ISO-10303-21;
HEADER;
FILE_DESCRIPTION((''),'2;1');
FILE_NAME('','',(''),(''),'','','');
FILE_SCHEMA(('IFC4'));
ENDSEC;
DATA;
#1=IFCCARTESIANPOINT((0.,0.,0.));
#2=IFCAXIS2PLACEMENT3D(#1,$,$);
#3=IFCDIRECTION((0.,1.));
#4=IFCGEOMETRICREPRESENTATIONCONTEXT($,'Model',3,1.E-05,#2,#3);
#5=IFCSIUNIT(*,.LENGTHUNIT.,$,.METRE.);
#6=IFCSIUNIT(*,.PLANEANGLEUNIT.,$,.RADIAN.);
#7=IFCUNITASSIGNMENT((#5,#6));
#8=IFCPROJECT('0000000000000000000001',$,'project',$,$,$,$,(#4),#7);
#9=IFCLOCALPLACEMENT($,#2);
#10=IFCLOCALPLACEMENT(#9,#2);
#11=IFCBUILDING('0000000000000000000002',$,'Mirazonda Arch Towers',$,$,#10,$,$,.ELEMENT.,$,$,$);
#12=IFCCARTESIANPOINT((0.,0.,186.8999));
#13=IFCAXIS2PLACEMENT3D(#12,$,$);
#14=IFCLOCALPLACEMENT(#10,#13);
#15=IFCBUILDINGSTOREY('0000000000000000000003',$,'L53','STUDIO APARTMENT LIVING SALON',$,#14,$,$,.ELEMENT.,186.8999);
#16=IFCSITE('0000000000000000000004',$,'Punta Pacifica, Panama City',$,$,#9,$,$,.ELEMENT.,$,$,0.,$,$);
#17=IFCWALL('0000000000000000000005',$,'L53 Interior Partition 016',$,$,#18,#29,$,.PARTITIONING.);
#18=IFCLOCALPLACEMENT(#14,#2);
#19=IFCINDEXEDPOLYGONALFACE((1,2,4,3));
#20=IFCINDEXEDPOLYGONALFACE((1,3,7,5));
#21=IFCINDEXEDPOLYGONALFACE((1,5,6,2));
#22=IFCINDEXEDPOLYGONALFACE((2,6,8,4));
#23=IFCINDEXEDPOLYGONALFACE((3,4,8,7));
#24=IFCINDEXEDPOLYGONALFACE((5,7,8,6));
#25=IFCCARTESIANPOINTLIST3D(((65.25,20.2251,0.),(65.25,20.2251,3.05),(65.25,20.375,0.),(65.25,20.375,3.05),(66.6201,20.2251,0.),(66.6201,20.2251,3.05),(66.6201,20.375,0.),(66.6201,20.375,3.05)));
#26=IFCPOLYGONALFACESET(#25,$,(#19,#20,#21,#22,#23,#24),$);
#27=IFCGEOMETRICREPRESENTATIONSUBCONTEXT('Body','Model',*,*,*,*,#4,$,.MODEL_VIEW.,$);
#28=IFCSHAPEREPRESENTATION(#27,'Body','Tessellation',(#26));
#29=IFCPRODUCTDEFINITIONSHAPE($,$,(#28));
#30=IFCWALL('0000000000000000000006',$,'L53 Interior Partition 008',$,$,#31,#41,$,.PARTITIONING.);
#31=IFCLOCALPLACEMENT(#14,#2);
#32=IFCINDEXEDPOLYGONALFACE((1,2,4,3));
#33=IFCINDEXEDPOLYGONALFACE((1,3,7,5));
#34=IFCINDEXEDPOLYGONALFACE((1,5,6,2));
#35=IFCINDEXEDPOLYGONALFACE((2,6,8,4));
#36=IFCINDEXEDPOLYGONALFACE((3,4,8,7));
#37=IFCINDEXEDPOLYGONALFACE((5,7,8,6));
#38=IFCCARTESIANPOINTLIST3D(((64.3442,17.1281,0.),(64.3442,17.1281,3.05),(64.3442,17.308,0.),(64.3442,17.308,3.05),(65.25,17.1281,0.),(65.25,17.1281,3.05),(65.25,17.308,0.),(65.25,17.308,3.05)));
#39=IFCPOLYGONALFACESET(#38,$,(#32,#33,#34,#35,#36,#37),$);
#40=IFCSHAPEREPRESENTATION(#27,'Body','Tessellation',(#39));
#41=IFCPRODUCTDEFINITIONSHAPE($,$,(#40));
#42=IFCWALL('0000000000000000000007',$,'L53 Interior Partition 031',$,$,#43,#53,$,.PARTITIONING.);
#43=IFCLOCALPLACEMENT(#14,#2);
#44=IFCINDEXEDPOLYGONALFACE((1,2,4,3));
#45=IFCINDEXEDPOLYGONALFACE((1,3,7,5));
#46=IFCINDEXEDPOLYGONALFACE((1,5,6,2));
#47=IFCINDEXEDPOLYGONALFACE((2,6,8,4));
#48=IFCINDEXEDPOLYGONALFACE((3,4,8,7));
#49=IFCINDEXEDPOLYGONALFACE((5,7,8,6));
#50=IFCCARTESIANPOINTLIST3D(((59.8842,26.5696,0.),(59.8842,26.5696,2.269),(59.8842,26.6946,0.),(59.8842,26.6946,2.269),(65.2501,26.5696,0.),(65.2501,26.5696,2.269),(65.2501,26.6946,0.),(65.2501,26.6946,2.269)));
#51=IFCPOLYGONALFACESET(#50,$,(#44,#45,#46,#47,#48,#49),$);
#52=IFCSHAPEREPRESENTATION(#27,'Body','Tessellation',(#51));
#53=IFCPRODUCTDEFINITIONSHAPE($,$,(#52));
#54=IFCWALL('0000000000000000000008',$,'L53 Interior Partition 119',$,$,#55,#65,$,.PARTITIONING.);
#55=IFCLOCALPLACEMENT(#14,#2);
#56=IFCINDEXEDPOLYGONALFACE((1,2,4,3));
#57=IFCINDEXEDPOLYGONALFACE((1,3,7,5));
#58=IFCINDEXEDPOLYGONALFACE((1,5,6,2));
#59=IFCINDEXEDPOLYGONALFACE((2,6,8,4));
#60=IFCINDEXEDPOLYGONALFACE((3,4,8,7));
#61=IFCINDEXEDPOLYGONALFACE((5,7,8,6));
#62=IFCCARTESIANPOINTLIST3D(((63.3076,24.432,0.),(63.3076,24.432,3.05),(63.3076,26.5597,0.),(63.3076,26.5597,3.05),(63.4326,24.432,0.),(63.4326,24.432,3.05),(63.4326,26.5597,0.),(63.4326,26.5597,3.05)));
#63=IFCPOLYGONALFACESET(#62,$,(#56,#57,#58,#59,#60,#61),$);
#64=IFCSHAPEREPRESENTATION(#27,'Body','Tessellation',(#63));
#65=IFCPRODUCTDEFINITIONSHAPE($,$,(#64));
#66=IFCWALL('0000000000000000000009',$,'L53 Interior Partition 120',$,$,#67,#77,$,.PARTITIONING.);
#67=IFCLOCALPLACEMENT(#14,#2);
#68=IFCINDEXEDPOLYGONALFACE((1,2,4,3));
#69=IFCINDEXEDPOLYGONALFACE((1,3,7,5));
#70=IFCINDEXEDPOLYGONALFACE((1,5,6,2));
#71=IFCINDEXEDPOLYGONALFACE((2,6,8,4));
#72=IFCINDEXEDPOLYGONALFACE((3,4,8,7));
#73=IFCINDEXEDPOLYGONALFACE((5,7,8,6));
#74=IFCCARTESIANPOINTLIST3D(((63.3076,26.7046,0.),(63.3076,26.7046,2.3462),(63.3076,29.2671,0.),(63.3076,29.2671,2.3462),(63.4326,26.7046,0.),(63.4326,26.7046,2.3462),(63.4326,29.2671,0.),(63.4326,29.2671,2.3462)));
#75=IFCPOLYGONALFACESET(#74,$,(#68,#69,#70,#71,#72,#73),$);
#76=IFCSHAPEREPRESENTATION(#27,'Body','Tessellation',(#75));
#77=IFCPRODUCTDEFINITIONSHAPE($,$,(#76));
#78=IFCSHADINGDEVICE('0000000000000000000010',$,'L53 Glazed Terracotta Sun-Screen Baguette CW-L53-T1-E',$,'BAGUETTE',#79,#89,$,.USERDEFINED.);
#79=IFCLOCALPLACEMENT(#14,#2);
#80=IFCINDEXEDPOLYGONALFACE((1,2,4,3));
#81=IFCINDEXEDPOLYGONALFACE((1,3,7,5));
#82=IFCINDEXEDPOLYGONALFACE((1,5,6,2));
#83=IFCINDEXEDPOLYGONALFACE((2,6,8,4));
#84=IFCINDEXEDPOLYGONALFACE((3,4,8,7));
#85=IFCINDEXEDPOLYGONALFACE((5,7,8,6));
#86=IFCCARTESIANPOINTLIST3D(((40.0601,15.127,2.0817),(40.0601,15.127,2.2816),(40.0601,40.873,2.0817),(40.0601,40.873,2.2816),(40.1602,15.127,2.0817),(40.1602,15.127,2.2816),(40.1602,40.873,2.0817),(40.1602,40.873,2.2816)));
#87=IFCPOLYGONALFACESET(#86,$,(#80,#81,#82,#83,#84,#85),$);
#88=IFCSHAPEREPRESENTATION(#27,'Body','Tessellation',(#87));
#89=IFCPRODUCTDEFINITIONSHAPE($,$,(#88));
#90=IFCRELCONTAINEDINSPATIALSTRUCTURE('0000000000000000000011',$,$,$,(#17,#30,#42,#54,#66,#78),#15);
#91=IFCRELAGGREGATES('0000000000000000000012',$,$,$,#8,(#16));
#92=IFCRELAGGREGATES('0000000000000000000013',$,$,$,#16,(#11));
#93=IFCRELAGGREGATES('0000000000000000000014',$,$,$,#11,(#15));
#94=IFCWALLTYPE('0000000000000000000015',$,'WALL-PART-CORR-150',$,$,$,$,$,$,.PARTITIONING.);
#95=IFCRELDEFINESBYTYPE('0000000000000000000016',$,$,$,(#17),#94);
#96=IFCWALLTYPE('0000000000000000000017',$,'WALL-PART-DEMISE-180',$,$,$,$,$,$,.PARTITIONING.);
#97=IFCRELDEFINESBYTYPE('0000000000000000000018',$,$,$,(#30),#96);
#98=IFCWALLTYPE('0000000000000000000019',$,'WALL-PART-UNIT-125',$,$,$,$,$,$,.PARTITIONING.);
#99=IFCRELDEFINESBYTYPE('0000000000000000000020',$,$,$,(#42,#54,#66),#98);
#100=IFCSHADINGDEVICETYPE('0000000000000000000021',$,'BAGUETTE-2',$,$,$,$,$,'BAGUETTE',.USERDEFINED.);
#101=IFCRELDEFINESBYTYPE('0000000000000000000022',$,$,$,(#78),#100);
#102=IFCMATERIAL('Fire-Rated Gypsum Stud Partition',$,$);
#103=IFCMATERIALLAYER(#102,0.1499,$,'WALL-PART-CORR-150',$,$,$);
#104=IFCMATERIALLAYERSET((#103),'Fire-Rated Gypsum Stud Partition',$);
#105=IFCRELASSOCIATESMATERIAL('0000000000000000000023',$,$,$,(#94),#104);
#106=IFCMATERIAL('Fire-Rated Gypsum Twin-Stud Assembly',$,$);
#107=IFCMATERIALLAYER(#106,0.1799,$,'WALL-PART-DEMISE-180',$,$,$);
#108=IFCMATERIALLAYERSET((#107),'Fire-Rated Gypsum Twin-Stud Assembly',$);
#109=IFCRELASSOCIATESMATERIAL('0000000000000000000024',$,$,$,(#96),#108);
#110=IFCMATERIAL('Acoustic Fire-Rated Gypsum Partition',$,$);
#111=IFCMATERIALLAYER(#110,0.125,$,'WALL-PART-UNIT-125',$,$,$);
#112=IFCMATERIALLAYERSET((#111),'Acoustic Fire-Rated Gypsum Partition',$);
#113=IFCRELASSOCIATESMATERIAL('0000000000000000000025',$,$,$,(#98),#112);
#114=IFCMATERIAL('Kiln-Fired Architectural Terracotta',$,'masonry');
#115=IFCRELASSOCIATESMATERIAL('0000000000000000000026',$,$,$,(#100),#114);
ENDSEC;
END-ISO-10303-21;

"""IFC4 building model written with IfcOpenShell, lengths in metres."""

from ifc_helpers import new_model, si_unit, direction, frame, frame_2d, origin, origin_2d, place, context, subcontext, project, spatial, rectangle, extrude, material, layer, layer_set, material_profile, profile_set, type_object, element, save


model = new_model("IFC4")

# Units and contexts
model_context = context("Model", 3, precision=1e-05, world=origin(), true_north=direction((0.0, 1.0)))
body_context = subcontext(model_context, "Body", "Model", "MODEL_VIEW")
ifc_project = project(units=[si_unit("LENGTHUNIT", "METRE"), si_unit("PLANEANGLEUNIT", "RADIAN")], contexts=[model_context])

# Site, building, storey
site_placement = place(None, origin())
site = spatial("IfcSite", under=ifc_project, at=site_placement, Name="Punta Pacifica, Panama City", CompositionType="ELEMENT", RefElevation=0.0)
building_placement = place(site_placement, origin())
building = spatial("IfcBuilding", under=site, at=building_placement, Name="Mirazonda Arch Towers", CompositionType="ELEMENT")
storey_placement = place(building_placement, frame((0.0, 0.0, 186.8999)))
storey = spatial("IfcBuildingStorey", under=building, at=storey_placement, Name="L53", Description="STUDIO APARTMENT LIVING SALON", CompositionType="ELEMENT", Elevation=186.8999)

# Walls
ifc_material_1 = material(Name="Fire-Rated Gypsum Stud Partition")
ifc_layer_1 = layer(ifc_material_1, 0.1499, Name="WALL-PART-CORR-150")
ifc_layer_set_1 = layer_set([ifc_layer_1], Name="Fire-Rated Gypsum Stud Partition")
wall_type_1 = type_object("IfcWallType", Name="WALL-PART-CORR-150", PredefinedType="PARTITIONING", material=ifc_layer_set_1)
wall_1_placement = place(storey_placement, frame((65.25, 20.3, 0.0), z_axis=(0.0, 0.0, 1.0), x_axis=(1.0, 0.0, 0.0)))
element("IfcWall", 1, at=wall_1_placement, inside=storey, type_object=wall_type_1, Name="L53 Interior Partition 016", PredefinedType="PARTITIONING", context=body_context, shape_type="SweptSolid", body=[
    extrude(rectangle(XDim=1.3701, YDim=0.1499, at=frame_2d((0.6851, 0.0))), origin(), (0.0, 0.0, 1.0), 3.05),
])
ifc_material_2 = material(Name="Fire-Rated Gypsum Twin-Stud Assembly")
ifc_layer_2 = layer(ifc_material_2, 0.1799, Name="WALL-PART-DEMISE-180")
ifc_layer_set_2 = layer_set([ifc_layer_2], Name="Fire-Rated Gypsum Twin-Stud Assembly")
wall_type_2 = type_object("IfcWallType", Name="WALL-PART-DEMISE-180", PredefinedType="PARTITIONING", material=ifc_layer_set_2)
wall_2_placement = place(storey_placement, frame((64.3442, 17.218, 0.0), z_axis=(0.0, 0.0, 1.0), x_axis=(1.0, 0.0, 0.0)))
element("IfcWall", 2, at=wall_2_placement, inside=storey, type_object=wall_type_2, Name="L53 Interior Partition 008", PredefinedType="PARTITIONING", context=body_context, shape_type="SweptSolid", body=[
    extrude(rectangle(XDim=0.9058, YDim=0.1799, at=frame_2d((0.4529, 0.0))), origin(), (0.0, 0.0, 1.0), 3.05),
])

# Walls
ifc_material_3 = material(Name="Acoustic Fire-Rated Gypsum Partition")
ifc_layer_3 = layer(ifc_material_3, 0.125, Name="WALL-PART-UNIT-125")
ifc_layer_set_3 = layer_set([ifc_layer_3], Name="Acoustic Fire-Rated Gypsum Partition")
wall_type_3 = type_object("IfcWallType", Name="WALL-PART-UNIT-125", PredefinedType="PARTITIONING", material=ifc_layer_set_3)
wall_3_placement = place(storey_placement, frame((59.884, 26.6321, 0.0), z_axis=(0.0, 0.0, 1.0), x_axis=(1.0, 0.0, 0.0)))
element("IfcWall", 3, at=wall_3_placement, inside=storey, type_object=wall_type_3, Name="L53 Interior Partition 031", PredefinedType="PARTITIONING", context=body_context, shape_type="SweptSolid", body=[
    extrude(rectangle(XDim=5.366, YDim=0.125, at=frame_2d((2.6831, 0.0))), origin(), (0.0, 0.0, 1.0), 2.269),
])
wall_4_placement = place(storey_placement, frame((63.3701, 24.4319, 0.0), z_axis=(0.0, 0.0, 1.0), x_axis=(0.0, 1.0, 0.0)))
element("IfcWall", 4, at=wall_4_placement, inside=storey, type_object=wall_type_3, Name="L53 Interior Partition 119", PredefinedType="PARTITIONING", context=body_context, shape_type="SweptSolid", body=[
    extrude(rectangle(XDim=2.1277, YDim=0.125, at=frame_2d((1.064, 0.0))), origin(), (0.0, 0.0, 1.0), 3.05),
])
wall_5_placement = place(storey_placement, frame((63.3701, 26.7046, 0.0), z_axis=(0.0, 0.0, 1.0), x_axis=(0.0, 1.0, 0.0)))
element("IfcWall", 5, at=wall_5_placement, inside=storey, type_object=wall_type_3, Name="L53 Interior Partition 120", PredefinedType="PARTITIONING", context=body_context, shape_type="SweptSolid", body=[
    extrude(rectangle(XDim=2.5625, YDim=0.125, at=frame_2d((1.2812, 0.0))), origin(), (0.0, 0.0, 1.0), 2.3462),
])

# Shading device
ifc_material_4 = material(Name="Kiln-Fired Architectural Terracotta", Category="masonry")
ifc_material_profile_1 = material_profile(ifc_material_4, rectangle(XDim=0.1001, YDim=0.2, at=origin_2d()), Name="TERRA-BAG-100x200")
ifc_profile_set_1 = profile_set([ifc_material_profile_1], Name="Kiln-Fired Architectural Terracotta")
shading_device_type = type_object("IfcShadingDeviceType", Name="BAGUETTE-2", ElementType="BAGUETTE", PredefinedType="USERDEFINED", material=ifc_profile_set_1)
shading_device_placement = place(storey_placement, frame((40.1101, 15.127, 2.1816), z_axis=(0.0, 1.0, 0.0), x_axis=(-1.0, 0.0, 0.0)))
element("IfcShadingDevice", 6, at=shading_device_placement, inside=storey, type_object=shading_device_type, Name="L53 Glazed Terracotta Sun-Screen Baguette CW-L53-T1-E", ObjectType="BAGUETTE", PredefinedType="USERDEFINED", context=body_context, shape_type="SweptSolid", body=[
    extrude(rectangle(XDim=0.1001, YDim=0.2, at=origin_2d()), origin(), (0.0, 0.0, 1.0), 25.7461),
])

save(model, "model.ifc")
